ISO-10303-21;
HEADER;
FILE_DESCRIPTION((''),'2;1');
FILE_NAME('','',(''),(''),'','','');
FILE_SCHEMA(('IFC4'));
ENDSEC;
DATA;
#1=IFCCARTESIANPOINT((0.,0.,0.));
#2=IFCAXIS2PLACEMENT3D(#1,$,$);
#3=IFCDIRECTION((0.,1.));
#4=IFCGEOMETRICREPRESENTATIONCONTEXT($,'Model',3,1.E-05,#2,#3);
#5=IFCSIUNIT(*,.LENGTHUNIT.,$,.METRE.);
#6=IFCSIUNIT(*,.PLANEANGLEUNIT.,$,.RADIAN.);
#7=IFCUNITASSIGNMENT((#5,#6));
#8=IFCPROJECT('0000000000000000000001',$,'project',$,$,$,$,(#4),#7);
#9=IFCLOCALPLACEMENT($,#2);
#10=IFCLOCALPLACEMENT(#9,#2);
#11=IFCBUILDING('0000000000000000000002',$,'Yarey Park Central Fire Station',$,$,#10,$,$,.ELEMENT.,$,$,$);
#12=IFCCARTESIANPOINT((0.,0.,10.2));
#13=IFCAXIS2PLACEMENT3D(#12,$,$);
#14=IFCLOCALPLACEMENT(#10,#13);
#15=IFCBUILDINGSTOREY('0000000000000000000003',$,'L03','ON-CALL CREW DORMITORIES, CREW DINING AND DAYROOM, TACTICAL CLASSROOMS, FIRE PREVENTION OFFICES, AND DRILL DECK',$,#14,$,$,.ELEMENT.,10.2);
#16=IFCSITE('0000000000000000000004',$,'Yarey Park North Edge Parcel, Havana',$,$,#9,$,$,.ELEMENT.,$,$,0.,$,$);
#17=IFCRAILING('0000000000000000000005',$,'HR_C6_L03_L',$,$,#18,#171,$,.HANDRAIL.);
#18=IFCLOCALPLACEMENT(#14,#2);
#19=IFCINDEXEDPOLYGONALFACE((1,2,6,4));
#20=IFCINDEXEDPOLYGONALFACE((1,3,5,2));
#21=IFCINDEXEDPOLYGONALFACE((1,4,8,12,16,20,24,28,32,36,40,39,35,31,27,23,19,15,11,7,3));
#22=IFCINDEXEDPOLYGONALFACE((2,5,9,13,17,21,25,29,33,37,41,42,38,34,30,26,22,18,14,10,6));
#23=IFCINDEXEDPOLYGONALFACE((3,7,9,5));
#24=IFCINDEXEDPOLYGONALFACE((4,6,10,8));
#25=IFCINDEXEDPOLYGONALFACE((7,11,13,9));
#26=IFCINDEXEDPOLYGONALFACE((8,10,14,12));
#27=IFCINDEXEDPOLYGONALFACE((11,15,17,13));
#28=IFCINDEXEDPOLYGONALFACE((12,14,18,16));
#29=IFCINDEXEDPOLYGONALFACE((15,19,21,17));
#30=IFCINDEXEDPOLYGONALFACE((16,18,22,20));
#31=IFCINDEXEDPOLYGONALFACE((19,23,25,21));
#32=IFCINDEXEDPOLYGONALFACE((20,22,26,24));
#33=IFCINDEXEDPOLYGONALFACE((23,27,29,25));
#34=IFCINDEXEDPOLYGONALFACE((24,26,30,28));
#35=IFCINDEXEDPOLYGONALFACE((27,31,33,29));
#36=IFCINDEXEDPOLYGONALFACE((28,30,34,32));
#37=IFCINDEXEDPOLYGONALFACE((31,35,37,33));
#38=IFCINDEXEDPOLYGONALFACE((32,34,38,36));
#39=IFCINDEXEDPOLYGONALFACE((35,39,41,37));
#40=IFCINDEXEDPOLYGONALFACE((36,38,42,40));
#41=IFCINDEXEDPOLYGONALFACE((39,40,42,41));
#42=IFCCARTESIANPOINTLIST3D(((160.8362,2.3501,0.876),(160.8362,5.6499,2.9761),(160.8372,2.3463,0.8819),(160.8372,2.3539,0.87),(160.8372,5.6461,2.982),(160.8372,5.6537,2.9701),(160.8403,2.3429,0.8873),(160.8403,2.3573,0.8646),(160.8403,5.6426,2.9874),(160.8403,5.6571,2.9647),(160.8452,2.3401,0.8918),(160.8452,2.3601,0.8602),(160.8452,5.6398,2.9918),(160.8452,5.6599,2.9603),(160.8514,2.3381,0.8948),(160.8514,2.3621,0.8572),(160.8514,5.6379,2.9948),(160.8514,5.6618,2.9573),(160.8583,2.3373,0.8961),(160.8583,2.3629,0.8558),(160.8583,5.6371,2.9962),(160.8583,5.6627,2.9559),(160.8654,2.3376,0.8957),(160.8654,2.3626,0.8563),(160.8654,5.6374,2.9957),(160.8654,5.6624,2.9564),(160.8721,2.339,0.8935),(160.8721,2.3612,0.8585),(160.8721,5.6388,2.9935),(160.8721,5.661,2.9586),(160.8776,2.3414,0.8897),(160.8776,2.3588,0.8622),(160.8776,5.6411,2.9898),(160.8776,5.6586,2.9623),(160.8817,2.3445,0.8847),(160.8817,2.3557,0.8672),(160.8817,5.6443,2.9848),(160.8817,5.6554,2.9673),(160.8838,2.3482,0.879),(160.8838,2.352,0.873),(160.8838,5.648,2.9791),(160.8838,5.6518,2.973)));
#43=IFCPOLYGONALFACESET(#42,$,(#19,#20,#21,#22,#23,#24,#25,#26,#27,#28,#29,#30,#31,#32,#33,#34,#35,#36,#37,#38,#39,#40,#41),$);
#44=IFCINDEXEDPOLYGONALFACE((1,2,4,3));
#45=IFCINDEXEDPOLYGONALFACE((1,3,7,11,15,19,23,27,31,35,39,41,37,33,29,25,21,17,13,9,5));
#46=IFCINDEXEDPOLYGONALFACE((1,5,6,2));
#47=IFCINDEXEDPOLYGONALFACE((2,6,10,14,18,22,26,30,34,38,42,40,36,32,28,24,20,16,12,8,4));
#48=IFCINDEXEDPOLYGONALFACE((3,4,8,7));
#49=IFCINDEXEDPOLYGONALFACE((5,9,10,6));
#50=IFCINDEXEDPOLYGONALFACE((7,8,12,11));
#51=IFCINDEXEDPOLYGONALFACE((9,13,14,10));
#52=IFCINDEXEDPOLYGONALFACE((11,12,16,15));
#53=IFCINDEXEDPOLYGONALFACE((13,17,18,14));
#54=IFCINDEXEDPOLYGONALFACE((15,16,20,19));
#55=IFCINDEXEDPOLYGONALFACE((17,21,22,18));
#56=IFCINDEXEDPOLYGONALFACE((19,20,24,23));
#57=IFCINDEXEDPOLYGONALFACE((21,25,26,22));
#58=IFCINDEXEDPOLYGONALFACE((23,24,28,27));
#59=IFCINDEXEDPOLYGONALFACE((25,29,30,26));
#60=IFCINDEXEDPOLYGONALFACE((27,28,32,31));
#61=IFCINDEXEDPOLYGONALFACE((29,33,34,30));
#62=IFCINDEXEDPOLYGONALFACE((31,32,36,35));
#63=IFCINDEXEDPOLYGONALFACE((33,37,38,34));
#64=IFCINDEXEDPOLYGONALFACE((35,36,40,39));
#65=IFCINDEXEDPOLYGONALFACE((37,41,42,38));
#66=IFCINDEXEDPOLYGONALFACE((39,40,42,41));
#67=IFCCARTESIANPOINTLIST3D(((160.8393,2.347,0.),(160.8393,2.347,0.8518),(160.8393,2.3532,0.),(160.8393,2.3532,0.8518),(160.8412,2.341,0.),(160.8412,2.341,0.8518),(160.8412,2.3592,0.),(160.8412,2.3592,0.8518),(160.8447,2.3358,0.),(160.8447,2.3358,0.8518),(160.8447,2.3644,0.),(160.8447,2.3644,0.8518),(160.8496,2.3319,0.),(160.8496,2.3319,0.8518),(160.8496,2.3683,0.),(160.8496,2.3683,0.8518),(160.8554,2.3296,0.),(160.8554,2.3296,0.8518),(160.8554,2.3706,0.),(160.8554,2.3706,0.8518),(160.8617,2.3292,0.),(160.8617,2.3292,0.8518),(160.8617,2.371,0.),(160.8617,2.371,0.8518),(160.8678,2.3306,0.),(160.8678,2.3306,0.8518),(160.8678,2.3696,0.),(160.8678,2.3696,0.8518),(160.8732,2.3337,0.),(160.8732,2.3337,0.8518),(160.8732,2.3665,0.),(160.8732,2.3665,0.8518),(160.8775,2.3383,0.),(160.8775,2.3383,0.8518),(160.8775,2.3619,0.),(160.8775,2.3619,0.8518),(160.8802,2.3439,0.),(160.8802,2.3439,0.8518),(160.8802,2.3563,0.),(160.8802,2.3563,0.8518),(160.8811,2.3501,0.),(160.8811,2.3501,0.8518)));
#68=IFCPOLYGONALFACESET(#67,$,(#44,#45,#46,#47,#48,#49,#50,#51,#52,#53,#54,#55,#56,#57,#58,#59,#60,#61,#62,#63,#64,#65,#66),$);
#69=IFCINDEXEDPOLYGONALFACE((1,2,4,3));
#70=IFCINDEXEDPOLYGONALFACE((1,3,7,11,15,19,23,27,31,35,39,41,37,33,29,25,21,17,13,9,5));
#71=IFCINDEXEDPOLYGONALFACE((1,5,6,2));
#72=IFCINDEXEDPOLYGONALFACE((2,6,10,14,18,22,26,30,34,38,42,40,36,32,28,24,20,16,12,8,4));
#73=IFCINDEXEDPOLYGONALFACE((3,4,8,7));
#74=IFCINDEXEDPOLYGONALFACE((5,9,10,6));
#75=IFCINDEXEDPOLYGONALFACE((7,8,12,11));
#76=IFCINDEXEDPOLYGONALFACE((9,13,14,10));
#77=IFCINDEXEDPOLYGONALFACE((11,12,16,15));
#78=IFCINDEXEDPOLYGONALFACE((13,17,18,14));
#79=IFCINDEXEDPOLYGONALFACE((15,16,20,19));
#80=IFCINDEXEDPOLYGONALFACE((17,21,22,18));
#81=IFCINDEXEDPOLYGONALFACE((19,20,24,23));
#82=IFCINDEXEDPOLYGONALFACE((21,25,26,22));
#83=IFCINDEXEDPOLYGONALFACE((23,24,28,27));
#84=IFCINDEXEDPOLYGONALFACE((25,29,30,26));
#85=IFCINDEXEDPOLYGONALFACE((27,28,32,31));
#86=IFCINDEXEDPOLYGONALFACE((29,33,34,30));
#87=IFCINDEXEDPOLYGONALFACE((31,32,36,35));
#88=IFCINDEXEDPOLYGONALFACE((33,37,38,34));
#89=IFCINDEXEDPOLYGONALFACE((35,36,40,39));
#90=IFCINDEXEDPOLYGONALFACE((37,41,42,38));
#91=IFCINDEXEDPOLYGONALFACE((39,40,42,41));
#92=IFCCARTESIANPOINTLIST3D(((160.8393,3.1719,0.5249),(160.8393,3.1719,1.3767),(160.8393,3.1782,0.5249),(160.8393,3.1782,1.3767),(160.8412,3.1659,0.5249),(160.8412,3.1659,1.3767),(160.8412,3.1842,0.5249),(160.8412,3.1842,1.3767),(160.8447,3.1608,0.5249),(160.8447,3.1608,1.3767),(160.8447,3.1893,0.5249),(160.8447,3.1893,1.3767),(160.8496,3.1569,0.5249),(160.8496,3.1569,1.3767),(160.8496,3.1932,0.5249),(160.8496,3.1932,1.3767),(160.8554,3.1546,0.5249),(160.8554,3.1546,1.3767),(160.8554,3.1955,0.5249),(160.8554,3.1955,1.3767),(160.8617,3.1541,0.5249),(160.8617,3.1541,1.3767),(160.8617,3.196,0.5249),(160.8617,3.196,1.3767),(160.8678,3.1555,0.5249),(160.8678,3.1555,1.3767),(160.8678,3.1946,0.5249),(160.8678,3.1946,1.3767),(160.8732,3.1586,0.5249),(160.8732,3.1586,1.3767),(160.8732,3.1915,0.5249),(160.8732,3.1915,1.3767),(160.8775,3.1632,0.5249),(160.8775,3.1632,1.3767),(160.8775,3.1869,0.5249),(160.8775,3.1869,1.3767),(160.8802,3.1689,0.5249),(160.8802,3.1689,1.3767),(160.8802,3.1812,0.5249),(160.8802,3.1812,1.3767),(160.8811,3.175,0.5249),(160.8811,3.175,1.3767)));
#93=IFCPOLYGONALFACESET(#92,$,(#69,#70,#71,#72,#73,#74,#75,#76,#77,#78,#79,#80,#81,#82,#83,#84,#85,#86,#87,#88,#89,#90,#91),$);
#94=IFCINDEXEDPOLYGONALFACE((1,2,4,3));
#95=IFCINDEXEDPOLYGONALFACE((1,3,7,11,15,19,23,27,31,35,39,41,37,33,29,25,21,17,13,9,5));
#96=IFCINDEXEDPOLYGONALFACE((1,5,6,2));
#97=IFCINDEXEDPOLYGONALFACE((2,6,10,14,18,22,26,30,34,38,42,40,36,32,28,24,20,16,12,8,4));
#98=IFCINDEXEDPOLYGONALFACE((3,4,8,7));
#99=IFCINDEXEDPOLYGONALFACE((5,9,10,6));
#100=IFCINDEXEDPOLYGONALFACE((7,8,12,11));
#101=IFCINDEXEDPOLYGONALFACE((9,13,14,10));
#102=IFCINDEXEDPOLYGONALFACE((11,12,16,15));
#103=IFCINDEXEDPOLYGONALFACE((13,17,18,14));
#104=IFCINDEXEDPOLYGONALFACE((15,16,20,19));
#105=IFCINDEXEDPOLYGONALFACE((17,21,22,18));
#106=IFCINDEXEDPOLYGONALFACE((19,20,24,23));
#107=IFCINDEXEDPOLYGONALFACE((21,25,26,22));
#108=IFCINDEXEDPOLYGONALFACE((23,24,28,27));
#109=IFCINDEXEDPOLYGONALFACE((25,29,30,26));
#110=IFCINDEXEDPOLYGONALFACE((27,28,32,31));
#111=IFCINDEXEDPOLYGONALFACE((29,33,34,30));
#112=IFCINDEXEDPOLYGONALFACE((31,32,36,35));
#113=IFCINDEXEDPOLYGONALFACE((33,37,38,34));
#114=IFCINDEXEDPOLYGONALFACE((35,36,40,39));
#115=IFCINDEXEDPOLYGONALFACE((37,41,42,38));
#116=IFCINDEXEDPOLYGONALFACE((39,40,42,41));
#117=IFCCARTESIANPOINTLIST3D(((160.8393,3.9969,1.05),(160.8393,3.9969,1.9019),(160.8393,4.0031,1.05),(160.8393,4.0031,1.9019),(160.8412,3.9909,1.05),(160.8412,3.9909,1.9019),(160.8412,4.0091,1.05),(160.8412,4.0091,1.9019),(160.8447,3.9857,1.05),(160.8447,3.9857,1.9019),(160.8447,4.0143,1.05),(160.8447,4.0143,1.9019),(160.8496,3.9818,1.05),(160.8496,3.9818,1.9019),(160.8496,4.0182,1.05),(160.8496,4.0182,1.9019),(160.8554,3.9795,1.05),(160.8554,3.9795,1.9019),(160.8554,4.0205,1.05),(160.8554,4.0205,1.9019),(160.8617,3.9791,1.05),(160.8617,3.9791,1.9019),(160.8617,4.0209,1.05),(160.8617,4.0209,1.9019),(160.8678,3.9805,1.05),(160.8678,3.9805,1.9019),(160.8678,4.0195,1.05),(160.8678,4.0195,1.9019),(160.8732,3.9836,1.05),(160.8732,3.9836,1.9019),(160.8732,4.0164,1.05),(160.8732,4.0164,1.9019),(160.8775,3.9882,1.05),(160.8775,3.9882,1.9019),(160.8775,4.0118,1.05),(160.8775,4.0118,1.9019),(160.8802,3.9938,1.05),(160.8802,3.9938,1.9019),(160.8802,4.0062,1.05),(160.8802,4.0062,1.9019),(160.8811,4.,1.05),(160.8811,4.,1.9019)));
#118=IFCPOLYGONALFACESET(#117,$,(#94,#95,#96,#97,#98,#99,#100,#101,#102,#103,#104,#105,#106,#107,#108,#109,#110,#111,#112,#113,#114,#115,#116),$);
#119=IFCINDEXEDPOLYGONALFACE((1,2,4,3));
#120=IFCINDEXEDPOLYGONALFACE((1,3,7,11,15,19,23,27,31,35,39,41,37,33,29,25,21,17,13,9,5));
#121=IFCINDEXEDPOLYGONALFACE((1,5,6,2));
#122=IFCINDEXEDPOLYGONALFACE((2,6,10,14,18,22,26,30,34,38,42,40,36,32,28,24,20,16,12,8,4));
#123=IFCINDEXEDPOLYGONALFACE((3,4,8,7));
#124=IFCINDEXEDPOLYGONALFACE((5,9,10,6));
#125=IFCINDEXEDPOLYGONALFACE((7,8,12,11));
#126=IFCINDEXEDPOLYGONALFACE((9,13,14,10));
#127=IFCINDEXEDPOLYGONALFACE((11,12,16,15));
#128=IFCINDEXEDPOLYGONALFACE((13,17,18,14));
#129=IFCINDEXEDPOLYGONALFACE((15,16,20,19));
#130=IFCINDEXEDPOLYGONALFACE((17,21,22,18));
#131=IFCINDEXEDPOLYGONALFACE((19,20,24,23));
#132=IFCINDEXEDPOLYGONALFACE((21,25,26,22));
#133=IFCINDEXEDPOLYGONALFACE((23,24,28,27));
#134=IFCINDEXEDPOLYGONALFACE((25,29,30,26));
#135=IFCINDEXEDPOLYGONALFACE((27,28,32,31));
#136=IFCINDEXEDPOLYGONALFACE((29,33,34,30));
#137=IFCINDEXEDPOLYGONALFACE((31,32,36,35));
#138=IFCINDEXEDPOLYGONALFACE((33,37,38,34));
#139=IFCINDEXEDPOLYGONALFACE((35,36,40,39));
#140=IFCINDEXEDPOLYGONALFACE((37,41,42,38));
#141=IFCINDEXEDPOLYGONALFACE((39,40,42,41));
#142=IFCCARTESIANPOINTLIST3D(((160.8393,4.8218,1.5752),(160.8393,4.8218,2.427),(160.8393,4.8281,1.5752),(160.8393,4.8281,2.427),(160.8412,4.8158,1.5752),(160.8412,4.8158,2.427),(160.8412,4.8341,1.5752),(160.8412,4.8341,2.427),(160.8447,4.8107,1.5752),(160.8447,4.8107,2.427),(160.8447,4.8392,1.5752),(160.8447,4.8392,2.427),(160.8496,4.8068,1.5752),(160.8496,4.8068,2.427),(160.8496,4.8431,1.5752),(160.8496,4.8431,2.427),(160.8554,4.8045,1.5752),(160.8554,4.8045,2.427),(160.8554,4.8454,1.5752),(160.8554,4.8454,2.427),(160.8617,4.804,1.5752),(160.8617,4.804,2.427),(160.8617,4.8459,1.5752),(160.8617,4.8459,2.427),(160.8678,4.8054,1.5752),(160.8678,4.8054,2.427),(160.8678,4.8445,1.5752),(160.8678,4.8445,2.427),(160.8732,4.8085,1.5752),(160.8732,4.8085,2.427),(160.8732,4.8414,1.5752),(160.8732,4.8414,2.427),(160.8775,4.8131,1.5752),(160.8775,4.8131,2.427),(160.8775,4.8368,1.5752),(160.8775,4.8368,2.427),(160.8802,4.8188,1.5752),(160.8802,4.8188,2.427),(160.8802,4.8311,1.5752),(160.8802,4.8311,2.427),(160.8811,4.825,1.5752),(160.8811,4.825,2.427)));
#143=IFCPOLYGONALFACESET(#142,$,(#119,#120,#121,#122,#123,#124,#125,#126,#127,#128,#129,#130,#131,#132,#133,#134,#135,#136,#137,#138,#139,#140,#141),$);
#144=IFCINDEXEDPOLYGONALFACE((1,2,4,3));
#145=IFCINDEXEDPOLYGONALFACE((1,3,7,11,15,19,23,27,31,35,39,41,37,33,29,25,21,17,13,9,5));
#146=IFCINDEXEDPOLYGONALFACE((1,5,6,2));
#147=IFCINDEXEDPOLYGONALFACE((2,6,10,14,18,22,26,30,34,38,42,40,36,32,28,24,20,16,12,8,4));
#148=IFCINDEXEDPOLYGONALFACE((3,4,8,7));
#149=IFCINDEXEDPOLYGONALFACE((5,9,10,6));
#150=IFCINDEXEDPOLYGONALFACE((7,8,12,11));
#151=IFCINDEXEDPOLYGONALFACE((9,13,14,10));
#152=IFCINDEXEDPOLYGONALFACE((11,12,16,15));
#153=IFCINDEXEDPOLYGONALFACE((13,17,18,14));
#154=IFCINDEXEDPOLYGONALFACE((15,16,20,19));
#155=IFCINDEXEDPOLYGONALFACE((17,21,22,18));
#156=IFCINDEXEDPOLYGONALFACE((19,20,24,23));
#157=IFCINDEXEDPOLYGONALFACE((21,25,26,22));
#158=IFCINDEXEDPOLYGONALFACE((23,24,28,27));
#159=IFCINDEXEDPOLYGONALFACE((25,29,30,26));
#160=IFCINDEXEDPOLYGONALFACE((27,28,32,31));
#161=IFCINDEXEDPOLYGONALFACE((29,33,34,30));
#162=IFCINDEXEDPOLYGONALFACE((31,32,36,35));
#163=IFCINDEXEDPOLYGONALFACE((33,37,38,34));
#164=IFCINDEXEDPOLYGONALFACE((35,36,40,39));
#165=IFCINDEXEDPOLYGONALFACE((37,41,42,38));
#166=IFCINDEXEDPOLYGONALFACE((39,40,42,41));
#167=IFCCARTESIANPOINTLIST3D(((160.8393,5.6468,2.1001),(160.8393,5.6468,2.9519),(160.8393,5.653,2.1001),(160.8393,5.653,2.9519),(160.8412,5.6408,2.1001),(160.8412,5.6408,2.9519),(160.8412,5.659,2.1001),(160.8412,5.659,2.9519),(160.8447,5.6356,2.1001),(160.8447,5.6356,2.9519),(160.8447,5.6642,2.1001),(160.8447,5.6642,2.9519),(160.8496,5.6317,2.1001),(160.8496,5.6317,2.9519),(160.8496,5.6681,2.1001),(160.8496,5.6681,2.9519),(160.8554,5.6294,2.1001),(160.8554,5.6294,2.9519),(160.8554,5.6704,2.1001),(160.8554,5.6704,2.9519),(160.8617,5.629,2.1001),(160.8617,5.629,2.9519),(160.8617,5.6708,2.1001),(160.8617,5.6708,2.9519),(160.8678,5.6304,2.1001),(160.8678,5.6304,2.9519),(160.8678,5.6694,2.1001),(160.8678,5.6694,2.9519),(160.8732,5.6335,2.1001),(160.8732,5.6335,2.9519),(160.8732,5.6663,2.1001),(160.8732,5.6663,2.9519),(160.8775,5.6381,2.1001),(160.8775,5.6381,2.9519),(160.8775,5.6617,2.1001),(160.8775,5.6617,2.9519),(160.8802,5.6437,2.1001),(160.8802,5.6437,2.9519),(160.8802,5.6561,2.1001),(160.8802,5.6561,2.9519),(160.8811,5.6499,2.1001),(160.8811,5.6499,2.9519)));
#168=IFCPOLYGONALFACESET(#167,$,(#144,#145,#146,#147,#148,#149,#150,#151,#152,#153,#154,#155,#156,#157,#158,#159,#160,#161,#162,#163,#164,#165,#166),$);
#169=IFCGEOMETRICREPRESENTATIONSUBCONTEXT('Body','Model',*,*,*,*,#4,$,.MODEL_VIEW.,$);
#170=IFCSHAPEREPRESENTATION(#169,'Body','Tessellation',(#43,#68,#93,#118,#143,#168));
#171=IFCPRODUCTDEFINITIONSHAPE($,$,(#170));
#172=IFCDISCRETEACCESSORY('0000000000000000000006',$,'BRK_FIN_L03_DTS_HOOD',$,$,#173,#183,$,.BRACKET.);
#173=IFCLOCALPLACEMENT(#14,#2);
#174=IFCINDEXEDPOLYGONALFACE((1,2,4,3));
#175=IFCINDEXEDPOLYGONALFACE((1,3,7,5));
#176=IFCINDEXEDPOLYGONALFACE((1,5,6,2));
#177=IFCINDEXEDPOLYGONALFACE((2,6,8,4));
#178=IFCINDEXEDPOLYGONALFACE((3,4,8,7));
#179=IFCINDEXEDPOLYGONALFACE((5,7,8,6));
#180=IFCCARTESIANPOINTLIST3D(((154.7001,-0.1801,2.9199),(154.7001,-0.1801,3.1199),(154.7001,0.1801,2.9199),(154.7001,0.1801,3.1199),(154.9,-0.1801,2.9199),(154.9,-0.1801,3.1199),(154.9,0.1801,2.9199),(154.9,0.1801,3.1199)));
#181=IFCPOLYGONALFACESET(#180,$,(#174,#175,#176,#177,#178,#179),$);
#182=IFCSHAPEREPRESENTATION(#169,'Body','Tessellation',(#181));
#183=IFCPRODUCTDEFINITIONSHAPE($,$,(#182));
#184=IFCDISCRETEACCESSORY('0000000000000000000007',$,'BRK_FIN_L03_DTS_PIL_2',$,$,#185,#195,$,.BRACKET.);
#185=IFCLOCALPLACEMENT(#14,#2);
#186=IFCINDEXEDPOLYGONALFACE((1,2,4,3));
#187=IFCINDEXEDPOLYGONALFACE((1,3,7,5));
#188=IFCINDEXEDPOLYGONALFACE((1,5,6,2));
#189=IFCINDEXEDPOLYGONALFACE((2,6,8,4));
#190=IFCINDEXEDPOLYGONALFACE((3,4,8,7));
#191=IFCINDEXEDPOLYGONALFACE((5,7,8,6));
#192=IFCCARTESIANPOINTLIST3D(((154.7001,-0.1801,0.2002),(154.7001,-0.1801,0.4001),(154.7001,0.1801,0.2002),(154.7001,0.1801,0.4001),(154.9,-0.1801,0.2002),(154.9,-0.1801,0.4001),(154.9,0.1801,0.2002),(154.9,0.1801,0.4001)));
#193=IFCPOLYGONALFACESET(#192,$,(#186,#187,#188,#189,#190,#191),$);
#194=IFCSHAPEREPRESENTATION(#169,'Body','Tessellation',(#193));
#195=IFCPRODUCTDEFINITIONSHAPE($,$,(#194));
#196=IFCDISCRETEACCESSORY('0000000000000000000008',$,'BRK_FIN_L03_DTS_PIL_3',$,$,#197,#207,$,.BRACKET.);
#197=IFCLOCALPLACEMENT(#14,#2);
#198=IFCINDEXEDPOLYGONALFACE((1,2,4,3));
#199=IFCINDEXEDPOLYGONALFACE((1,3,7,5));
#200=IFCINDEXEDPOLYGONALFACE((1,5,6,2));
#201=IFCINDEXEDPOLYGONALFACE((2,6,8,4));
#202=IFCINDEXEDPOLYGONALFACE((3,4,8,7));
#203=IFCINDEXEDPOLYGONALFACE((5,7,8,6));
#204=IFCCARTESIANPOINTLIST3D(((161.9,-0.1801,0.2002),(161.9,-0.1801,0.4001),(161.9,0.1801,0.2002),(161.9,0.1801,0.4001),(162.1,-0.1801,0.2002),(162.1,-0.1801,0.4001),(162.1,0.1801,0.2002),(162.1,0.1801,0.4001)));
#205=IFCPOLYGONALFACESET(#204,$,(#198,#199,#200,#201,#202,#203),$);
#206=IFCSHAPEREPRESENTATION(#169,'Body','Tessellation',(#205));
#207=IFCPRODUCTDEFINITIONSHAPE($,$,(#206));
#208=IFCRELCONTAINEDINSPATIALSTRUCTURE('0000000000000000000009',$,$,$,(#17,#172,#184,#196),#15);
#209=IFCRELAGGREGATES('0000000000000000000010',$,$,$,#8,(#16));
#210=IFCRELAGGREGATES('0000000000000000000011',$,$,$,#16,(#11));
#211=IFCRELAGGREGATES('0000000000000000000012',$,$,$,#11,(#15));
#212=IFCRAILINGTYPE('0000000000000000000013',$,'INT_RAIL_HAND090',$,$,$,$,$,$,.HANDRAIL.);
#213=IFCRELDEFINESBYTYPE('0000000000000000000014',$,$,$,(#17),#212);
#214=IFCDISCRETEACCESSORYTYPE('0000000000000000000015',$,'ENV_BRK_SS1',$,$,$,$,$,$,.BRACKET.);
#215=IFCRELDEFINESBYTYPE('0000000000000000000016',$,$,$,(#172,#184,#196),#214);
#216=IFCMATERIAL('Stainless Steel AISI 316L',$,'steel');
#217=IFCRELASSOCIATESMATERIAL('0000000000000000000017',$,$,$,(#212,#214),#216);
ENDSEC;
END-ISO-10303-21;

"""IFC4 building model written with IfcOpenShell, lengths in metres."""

from ifc_helpers import new_model, si_unit, direction, frame, origin, origin_2d, place, context, subcontext, project, spatial, rectangle, circle, extrude, material, type_object, element, save


model = new_model("IFC4")

# Units and contexts
model_context = context("Model", 3, precision=1e-05, world=origin(), true_north=direction((0.0, 1.0)))
body_context = subcontext(model_context, "Body", "Model", "MODEL_VIEW")
ifc_project = project(units=[si_unit("LENGTHUNIT", "METRE"), si_unit("PLANEANGLEUNIT", "RADIAN")], contexts=[model_context])

# Site, building, storey
site_placement = place(None, origin())
site = spatial("IfcSite", under=ifc_project, at=site_placement, Name="Yarey Park North Edge Parcel, Havana", CompositionType="ELEMENT", RefElevation=0.0)
building_placement = place(site_placement, origin())
building = spatial("IfcBuilding", under=site, at=building_placement, Name="Yarey Park Central Fire Station", CompositionType="ELEMENT")
storey_placement = place(building_placement, frame((0.0, 0.0, 10.2)))
storey = spatial("IfcBuildingStorey", under=building, at=storey_placement, Name="L03", Description="ON-CALL CREW DORMITORIES, CREW DINING AND DAYROOM, TACTICAL CLASSROOMS, FIRE PREVENTION OFFICES, AND DRILL DECK", CompositionType="ELEMENT", Elevation=10.2)

# Shared definitions
ifc_material_1 = material(Name="Stainless Steel AISI 316L", Category="steel")

# Railing
railing_type_1 = type_object("IfcRailingType", Name="INT_RAIL_HAND090", PredefinedType="HANDRAIL", material=ifc_material_1)
railing_1_placement = place(storey_placement, frame((160.8601, 2.3501, 0.0)))
element("IfcRailing", 1, at=railing_1_placement, inside=storey, type_object=railing_type_1, Name="HR_C6_L03_L", PredefinedType="HANDRAIL", context=body_context, shape_type="SweptSolid", body=[
    extrude(circle(Radius=0.0239, at=origin_2d()), frame((0.0, 0.0, 0.876), z_axis=(0.0, 0.843636, 0.536916), x_axis=(-1.0, 0.0, 0.0)), (0.0, 0.0, 1.0), 3.9114),
    extrude(circle(Radius=0.021, at=origin_2d()), origin(), (0.0, 0.0, 1.0), 0.8518),
    extrude(circle(Radius=0.021, at=origin_2d()), frame((0.0, 0.825, 0.5249)), (0.0, 0.0, 1.0), 0.8518),
    extrude(circle(Radius=0.021, at=origin_2d()), frame((0.0, 1.6499, 1.05)), (0.0, 0.0, 1.0), 0.8518),
    extrude(circle(Radius=0.021, at=origin_2d()), frame((0.0, 2.4749, 1.5752)), (0.0, 0.0, 1.0), 0.8518),
    extrude(circle(Radius=0.021, at=origin_2d()), frame((0.0, 3.2998, 2.1001)), (0.0, 0.0, 1.0), 0.8518),
])

# Discrete accessories
discrete_accessory_type = type_object("IfcDiscreteAccessoryType", Name="ENV_BRK_SS1", PredefinedType="BRACKET", material=ifc_material_1)
for number, where, z_axis, x_axis, name in (
    (2, (154.8, 0.0, 2.9199), (0.0, 0.0, 1.0), (1.0, 0.0, 0.0), "BRK_FIN_L03_DTS_HOOD"),
    (3, (154.8, 0.0, 0.2002), (0.0, 0.0, 1.0), (1.0, 0.0, 0.0), "BRK_FIN_L03_DTS_PIL_2"),
    (4, (162.0, 0.0, 0.2002), (0.0, 0.0, 1.0), (1.0, 0.0, 0.0), "BRK_FIN_L03_DTS_PIL_3"),
):
    element("IfcDiscreteAccessory", number, at=place(storey_placement, frame(where, z_axis=z_axis, x_axis=x_axis)), inside=storey, type_object=discrete_accessory_type, Name=name, PredefinedType="BRACKET", context=body_context, shape_type="SweptSolid", body=[
        extrude(rectangle(XDim=0.2, YDim=0.3601, at=origin_2d()), origin(), (0.0, 0.0, 1.0), 0.2),
    ])

save(model, "model.ifc")
